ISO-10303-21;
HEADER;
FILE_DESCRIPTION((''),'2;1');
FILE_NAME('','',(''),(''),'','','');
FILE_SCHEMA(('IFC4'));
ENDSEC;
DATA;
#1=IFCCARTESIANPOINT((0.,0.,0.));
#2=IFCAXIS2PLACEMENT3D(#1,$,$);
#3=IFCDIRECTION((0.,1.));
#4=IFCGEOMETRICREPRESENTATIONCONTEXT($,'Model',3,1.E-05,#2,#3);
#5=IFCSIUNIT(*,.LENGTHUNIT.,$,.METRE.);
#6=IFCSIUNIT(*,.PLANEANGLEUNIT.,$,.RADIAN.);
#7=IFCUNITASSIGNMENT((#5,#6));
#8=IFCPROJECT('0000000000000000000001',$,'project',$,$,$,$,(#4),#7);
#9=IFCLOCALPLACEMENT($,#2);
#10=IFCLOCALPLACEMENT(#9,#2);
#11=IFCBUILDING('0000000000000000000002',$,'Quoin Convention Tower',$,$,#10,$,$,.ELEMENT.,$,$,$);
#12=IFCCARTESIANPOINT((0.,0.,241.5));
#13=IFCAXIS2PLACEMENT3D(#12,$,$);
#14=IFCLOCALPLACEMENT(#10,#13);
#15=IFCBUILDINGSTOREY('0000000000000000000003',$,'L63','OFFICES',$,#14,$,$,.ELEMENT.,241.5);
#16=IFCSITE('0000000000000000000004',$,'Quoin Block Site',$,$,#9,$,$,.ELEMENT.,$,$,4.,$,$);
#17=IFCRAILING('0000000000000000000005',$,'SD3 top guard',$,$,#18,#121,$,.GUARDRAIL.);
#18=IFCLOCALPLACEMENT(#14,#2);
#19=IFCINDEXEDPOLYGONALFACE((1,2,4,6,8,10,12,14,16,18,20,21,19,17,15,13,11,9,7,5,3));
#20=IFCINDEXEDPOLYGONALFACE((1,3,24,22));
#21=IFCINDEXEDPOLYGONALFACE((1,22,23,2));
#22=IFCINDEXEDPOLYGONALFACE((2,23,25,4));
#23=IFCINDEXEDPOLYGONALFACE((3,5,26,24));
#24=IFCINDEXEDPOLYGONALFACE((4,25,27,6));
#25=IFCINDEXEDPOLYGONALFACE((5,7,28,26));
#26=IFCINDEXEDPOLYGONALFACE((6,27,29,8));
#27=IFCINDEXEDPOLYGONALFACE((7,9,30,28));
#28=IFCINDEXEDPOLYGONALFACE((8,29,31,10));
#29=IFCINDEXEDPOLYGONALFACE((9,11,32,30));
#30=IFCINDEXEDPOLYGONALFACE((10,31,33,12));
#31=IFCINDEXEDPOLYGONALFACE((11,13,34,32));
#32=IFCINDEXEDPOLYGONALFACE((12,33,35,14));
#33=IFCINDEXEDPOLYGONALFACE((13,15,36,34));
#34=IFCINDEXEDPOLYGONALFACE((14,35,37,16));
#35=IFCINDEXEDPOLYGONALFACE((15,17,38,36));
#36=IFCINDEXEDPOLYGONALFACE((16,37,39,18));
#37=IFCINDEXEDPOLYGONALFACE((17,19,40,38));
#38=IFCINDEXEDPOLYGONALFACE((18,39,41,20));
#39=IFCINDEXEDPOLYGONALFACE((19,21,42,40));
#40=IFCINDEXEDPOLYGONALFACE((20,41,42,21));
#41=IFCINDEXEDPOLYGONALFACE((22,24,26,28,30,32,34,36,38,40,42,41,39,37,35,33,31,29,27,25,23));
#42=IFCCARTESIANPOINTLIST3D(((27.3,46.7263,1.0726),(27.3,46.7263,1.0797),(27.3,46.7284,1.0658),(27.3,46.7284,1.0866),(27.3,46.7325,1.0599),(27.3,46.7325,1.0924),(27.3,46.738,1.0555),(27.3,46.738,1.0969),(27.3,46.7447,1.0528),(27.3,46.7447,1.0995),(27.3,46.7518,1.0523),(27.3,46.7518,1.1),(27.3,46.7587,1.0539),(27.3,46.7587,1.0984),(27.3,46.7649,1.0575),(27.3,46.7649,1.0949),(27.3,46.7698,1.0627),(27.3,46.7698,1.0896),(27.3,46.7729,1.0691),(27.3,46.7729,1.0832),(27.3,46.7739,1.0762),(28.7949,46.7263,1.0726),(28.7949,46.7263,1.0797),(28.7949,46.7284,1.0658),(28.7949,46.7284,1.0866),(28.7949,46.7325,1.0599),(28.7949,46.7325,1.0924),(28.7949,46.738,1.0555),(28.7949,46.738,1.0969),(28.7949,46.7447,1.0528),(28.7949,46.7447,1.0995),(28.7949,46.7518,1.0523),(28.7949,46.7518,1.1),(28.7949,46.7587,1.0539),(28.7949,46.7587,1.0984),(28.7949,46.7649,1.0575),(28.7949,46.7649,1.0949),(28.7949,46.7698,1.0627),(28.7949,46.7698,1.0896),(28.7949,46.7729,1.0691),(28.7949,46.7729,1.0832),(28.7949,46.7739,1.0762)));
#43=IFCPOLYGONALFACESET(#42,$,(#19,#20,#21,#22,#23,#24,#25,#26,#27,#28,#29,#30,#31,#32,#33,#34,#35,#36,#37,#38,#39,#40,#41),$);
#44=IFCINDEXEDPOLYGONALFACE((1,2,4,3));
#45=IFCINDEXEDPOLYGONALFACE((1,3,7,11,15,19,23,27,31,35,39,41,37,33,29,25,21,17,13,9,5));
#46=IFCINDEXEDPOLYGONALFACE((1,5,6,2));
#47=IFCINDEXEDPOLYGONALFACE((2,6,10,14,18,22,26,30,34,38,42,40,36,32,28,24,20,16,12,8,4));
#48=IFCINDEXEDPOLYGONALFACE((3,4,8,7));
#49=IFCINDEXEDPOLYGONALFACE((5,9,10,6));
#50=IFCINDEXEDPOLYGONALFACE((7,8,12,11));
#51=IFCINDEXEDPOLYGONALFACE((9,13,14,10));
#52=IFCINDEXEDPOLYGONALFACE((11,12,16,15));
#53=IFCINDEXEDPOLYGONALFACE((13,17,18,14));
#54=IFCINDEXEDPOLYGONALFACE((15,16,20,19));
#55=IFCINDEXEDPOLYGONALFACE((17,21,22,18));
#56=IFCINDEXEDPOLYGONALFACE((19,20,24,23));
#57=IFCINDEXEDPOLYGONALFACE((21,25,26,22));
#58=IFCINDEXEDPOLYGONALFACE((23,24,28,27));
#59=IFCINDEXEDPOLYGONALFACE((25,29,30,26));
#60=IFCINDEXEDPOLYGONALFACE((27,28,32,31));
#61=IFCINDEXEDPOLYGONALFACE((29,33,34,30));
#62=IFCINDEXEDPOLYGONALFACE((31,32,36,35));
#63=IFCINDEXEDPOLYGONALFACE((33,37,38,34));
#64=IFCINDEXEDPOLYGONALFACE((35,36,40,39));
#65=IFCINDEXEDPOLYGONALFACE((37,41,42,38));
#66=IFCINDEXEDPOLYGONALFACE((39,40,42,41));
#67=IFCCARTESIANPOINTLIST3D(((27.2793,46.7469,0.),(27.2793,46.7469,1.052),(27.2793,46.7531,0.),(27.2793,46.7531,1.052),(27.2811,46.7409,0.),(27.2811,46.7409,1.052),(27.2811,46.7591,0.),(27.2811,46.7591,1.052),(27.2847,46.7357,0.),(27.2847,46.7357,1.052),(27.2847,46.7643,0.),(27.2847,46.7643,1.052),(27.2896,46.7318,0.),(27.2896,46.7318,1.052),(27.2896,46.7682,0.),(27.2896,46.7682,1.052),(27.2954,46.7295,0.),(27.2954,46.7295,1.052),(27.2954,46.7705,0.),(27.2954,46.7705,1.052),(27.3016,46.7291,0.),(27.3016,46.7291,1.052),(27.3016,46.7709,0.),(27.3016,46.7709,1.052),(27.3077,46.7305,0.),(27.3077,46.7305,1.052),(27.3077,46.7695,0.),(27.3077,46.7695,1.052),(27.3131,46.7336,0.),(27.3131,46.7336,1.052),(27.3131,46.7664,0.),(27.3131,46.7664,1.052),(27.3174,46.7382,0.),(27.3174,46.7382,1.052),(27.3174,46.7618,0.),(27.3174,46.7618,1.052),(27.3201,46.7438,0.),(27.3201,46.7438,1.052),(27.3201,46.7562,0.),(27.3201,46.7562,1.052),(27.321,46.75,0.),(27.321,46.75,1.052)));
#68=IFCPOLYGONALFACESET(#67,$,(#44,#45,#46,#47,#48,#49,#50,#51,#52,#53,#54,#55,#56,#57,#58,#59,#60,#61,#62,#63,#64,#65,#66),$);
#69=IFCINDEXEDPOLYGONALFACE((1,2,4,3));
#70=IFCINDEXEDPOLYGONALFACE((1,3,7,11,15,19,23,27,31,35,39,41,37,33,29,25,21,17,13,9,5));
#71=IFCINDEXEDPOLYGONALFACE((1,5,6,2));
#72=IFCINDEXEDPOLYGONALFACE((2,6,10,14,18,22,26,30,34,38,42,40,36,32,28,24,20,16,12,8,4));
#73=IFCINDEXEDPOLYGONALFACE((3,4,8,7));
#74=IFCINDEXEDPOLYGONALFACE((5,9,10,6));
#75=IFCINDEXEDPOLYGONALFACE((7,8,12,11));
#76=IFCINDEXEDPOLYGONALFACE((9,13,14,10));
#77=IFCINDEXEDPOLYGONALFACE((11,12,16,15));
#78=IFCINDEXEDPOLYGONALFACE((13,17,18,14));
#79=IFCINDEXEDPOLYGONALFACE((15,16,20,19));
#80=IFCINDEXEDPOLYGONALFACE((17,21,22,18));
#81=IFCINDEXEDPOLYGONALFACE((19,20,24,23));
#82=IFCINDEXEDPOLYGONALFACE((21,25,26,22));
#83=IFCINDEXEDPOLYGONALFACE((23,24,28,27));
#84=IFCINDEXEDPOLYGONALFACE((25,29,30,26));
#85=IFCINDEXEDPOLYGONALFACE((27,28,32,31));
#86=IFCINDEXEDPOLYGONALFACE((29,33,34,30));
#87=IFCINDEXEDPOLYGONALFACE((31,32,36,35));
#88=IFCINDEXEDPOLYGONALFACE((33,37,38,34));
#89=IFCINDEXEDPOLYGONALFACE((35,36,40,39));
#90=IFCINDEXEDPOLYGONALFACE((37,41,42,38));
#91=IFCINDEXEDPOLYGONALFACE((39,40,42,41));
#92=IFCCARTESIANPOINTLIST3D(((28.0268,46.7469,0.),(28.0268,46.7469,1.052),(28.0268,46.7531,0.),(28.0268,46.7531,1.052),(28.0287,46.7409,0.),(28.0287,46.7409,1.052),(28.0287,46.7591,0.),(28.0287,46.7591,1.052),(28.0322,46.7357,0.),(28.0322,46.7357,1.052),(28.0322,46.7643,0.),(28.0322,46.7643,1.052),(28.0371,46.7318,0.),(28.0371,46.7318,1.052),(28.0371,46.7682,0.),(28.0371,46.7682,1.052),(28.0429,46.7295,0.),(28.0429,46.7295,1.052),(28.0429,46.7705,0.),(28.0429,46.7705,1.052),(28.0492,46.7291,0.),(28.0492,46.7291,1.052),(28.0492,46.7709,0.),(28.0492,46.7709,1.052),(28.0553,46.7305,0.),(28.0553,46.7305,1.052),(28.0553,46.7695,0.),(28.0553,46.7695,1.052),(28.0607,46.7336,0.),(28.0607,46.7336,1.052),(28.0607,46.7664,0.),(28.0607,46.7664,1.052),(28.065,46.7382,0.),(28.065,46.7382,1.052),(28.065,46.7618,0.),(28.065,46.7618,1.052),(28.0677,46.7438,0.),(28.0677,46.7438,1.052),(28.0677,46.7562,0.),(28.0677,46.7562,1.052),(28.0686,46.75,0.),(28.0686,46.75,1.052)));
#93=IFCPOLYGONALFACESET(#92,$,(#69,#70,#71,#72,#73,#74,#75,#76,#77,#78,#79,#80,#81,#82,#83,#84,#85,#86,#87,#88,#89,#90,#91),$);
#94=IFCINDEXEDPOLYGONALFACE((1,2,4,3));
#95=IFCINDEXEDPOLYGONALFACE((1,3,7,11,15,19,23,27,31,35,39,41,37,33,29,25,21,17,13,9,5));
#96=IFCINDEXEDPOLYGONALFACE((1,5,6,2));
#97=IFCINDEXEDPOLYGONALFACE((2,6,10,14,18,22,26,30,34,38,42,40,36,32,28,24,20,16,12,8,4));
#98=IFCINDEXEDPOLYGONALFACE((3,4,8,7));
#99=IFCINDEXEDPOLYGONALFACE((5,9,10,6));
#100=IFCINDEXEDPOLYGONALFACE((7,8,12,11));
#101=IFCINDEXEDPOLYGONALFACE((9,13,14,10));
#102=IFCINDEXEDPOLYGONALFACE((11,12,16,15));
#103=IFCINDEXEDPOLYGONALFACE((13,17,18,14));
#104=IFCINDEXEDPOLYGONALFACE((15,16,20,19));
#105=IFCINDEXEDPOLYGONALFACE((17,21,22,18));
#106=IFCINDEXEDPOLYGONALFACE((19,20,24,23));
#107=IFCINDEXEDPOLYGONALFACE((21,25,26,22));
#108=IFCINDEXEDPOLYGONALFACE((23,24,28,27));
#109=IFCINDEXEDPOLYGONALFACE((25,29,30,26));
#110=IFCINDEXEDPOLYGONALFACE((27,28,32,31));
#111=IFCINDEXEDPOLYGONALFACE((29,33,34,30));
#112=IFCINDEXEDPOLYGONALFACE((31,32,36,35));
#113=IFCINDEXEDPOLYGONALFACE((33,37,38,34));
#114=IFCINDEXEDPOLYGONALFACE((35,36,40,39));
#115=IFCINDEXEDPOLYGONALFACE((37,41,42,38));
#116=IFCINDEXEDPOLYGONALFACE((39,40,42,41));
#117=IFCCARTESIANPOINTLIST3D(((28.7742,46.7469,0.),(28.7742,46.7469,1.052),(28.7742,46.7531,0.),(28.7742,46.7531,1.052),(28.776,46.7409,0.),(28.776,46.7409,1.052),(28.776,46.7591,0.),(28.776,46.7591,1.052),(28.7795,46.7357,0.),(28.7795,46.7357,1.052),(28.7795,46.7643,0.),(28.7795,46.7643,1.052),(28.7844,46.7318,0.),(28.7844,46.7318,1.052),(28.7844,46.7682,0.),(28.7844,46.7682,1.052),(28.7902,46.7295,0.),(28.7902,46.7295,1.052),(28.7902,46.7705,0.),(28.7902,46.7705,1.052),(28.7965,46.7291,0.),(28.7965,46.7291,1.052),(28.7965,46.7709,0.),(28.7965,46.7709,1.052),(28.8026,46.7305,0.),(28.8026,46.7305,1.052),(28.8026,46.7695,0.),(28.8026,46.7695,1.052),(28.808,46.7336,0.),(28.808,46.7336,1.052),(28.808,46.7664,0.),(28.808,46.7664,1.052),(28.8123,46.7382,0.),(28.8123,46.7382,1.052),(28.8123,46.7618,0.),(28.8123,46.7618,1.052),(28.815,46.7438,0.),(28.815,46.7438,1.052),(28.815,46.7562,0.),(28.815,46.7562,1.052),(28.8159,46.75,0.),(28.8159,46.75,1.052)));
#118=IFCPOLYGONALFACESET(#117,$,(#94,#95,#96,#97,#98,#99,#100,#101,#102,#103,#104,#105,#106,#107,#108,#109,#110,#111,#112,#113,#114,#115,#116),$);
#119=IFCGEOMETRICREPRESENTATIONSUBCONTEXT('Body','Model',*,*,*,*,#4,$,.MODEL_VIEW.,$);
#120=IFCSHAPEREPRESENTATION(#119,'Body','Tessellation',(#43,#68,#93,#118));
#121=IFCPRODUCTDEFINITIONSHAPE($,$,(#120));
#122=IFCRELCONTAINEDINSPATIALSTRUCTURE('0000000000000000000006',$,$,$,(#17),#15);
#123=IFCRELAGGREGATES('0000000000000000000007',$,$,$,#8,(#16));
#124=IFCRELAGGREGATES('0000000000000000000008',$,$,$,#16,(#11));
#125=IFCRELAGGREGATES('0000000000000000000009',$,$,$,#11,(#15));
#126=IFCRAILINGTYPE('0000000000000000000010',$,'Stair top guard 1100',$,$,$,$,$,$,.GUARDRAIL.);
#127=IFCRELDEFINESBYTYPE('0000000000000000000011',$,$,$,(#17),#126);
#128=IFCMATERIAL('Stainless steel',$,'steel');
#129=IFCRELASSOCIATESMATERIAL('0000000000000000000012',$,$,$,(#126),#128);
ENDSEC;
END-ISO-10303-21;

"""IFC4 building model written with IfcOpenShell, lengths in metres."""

from ifc_helpers import new_model, si_unit, direction, frame, origin, origin_2d, place, context, subcontext, project, spatial, circle, extrude, material, type_object, element, save


model = new_model("IFC4")

# Units and contexts
model_context = context("Model", 3, precision=1e-05, world=origin(), true_north=direction((0.0, 1.0)))
body_context = subcontext(model_context, "Body", "Model", "MODEL_VIEW")
ifc_project = project(units=[si_unit("LENGTHUNIT", "METRE"), si_unit("PLANEANGLEUNIT", "RADIAN")], contexts=[model_context])

# Site, building, storey
site_placement = place(None, origin())
site = spatial("IfcSite", under=ifc_project, at=site_placement, Name="Quoin Block Site", CompositionType="ELEMENT", RefElevation=4.0)
building_placement = place(site_placement, origin())
building = spatial("IfcBuilding", under=site, at=building_placement, Name="Quoin Convention Tower", CompositionType="ELEMENT")
storey_placement = place(building_placement, frame((0.0, 0.0, 241.5)))
storey = spatial("IfcBuildingStorey", under=building, at=storey_placement, Name="L63", Description="OFFICES", CompositionType="ELEMENT", Elevation=241.5)

# Railing
ifc_material_1 = material(Name="Stainless steel", Category="steel")
railing_type_1 = type_object("IfcRailingType", Name="Stair top guard 1100", PredefinedType="GUARDRAIL", material=ifc_material_1)
railing_1_placement = place(storey_placement, frame((27.3, 46.75, 0.0)))
element("IfcRailing", 1, at=railing_1_placement, inside=storey, type_object=railing_type_1, Name="SD3 top guard", PredefinedType="GUARDRAIL", context=body_context, shape_type="SweptSolid", body=[
    extrude(circle(Radius=0.0239, at=origin_2d()), frame((0.0, 0.0, 1.0762), z_axis=(1.0, 0.0, 0.0), x_axis=(0.0, 1.0, 0.0)), (0.0, 0.0, 1.0), 1.4949),
    extrude(circle(Radius=0.021, at=origin_2d()), origin(), (0.0, 0.0, 1.0), 1.052),
    extrude(circle(Radius=0.021, at=origin_2d()), frame((0.7476, 0.0, 0.0)), (0.0, 0.0, 1.0), 1.052),
    extrude(circle(Radius=0.021, at=origin_2d()), frame((1.4949, 0.0, 0.0)), (0.0, 0.0, 1.0), 1.052),
])

save(model, "model.ifc")
